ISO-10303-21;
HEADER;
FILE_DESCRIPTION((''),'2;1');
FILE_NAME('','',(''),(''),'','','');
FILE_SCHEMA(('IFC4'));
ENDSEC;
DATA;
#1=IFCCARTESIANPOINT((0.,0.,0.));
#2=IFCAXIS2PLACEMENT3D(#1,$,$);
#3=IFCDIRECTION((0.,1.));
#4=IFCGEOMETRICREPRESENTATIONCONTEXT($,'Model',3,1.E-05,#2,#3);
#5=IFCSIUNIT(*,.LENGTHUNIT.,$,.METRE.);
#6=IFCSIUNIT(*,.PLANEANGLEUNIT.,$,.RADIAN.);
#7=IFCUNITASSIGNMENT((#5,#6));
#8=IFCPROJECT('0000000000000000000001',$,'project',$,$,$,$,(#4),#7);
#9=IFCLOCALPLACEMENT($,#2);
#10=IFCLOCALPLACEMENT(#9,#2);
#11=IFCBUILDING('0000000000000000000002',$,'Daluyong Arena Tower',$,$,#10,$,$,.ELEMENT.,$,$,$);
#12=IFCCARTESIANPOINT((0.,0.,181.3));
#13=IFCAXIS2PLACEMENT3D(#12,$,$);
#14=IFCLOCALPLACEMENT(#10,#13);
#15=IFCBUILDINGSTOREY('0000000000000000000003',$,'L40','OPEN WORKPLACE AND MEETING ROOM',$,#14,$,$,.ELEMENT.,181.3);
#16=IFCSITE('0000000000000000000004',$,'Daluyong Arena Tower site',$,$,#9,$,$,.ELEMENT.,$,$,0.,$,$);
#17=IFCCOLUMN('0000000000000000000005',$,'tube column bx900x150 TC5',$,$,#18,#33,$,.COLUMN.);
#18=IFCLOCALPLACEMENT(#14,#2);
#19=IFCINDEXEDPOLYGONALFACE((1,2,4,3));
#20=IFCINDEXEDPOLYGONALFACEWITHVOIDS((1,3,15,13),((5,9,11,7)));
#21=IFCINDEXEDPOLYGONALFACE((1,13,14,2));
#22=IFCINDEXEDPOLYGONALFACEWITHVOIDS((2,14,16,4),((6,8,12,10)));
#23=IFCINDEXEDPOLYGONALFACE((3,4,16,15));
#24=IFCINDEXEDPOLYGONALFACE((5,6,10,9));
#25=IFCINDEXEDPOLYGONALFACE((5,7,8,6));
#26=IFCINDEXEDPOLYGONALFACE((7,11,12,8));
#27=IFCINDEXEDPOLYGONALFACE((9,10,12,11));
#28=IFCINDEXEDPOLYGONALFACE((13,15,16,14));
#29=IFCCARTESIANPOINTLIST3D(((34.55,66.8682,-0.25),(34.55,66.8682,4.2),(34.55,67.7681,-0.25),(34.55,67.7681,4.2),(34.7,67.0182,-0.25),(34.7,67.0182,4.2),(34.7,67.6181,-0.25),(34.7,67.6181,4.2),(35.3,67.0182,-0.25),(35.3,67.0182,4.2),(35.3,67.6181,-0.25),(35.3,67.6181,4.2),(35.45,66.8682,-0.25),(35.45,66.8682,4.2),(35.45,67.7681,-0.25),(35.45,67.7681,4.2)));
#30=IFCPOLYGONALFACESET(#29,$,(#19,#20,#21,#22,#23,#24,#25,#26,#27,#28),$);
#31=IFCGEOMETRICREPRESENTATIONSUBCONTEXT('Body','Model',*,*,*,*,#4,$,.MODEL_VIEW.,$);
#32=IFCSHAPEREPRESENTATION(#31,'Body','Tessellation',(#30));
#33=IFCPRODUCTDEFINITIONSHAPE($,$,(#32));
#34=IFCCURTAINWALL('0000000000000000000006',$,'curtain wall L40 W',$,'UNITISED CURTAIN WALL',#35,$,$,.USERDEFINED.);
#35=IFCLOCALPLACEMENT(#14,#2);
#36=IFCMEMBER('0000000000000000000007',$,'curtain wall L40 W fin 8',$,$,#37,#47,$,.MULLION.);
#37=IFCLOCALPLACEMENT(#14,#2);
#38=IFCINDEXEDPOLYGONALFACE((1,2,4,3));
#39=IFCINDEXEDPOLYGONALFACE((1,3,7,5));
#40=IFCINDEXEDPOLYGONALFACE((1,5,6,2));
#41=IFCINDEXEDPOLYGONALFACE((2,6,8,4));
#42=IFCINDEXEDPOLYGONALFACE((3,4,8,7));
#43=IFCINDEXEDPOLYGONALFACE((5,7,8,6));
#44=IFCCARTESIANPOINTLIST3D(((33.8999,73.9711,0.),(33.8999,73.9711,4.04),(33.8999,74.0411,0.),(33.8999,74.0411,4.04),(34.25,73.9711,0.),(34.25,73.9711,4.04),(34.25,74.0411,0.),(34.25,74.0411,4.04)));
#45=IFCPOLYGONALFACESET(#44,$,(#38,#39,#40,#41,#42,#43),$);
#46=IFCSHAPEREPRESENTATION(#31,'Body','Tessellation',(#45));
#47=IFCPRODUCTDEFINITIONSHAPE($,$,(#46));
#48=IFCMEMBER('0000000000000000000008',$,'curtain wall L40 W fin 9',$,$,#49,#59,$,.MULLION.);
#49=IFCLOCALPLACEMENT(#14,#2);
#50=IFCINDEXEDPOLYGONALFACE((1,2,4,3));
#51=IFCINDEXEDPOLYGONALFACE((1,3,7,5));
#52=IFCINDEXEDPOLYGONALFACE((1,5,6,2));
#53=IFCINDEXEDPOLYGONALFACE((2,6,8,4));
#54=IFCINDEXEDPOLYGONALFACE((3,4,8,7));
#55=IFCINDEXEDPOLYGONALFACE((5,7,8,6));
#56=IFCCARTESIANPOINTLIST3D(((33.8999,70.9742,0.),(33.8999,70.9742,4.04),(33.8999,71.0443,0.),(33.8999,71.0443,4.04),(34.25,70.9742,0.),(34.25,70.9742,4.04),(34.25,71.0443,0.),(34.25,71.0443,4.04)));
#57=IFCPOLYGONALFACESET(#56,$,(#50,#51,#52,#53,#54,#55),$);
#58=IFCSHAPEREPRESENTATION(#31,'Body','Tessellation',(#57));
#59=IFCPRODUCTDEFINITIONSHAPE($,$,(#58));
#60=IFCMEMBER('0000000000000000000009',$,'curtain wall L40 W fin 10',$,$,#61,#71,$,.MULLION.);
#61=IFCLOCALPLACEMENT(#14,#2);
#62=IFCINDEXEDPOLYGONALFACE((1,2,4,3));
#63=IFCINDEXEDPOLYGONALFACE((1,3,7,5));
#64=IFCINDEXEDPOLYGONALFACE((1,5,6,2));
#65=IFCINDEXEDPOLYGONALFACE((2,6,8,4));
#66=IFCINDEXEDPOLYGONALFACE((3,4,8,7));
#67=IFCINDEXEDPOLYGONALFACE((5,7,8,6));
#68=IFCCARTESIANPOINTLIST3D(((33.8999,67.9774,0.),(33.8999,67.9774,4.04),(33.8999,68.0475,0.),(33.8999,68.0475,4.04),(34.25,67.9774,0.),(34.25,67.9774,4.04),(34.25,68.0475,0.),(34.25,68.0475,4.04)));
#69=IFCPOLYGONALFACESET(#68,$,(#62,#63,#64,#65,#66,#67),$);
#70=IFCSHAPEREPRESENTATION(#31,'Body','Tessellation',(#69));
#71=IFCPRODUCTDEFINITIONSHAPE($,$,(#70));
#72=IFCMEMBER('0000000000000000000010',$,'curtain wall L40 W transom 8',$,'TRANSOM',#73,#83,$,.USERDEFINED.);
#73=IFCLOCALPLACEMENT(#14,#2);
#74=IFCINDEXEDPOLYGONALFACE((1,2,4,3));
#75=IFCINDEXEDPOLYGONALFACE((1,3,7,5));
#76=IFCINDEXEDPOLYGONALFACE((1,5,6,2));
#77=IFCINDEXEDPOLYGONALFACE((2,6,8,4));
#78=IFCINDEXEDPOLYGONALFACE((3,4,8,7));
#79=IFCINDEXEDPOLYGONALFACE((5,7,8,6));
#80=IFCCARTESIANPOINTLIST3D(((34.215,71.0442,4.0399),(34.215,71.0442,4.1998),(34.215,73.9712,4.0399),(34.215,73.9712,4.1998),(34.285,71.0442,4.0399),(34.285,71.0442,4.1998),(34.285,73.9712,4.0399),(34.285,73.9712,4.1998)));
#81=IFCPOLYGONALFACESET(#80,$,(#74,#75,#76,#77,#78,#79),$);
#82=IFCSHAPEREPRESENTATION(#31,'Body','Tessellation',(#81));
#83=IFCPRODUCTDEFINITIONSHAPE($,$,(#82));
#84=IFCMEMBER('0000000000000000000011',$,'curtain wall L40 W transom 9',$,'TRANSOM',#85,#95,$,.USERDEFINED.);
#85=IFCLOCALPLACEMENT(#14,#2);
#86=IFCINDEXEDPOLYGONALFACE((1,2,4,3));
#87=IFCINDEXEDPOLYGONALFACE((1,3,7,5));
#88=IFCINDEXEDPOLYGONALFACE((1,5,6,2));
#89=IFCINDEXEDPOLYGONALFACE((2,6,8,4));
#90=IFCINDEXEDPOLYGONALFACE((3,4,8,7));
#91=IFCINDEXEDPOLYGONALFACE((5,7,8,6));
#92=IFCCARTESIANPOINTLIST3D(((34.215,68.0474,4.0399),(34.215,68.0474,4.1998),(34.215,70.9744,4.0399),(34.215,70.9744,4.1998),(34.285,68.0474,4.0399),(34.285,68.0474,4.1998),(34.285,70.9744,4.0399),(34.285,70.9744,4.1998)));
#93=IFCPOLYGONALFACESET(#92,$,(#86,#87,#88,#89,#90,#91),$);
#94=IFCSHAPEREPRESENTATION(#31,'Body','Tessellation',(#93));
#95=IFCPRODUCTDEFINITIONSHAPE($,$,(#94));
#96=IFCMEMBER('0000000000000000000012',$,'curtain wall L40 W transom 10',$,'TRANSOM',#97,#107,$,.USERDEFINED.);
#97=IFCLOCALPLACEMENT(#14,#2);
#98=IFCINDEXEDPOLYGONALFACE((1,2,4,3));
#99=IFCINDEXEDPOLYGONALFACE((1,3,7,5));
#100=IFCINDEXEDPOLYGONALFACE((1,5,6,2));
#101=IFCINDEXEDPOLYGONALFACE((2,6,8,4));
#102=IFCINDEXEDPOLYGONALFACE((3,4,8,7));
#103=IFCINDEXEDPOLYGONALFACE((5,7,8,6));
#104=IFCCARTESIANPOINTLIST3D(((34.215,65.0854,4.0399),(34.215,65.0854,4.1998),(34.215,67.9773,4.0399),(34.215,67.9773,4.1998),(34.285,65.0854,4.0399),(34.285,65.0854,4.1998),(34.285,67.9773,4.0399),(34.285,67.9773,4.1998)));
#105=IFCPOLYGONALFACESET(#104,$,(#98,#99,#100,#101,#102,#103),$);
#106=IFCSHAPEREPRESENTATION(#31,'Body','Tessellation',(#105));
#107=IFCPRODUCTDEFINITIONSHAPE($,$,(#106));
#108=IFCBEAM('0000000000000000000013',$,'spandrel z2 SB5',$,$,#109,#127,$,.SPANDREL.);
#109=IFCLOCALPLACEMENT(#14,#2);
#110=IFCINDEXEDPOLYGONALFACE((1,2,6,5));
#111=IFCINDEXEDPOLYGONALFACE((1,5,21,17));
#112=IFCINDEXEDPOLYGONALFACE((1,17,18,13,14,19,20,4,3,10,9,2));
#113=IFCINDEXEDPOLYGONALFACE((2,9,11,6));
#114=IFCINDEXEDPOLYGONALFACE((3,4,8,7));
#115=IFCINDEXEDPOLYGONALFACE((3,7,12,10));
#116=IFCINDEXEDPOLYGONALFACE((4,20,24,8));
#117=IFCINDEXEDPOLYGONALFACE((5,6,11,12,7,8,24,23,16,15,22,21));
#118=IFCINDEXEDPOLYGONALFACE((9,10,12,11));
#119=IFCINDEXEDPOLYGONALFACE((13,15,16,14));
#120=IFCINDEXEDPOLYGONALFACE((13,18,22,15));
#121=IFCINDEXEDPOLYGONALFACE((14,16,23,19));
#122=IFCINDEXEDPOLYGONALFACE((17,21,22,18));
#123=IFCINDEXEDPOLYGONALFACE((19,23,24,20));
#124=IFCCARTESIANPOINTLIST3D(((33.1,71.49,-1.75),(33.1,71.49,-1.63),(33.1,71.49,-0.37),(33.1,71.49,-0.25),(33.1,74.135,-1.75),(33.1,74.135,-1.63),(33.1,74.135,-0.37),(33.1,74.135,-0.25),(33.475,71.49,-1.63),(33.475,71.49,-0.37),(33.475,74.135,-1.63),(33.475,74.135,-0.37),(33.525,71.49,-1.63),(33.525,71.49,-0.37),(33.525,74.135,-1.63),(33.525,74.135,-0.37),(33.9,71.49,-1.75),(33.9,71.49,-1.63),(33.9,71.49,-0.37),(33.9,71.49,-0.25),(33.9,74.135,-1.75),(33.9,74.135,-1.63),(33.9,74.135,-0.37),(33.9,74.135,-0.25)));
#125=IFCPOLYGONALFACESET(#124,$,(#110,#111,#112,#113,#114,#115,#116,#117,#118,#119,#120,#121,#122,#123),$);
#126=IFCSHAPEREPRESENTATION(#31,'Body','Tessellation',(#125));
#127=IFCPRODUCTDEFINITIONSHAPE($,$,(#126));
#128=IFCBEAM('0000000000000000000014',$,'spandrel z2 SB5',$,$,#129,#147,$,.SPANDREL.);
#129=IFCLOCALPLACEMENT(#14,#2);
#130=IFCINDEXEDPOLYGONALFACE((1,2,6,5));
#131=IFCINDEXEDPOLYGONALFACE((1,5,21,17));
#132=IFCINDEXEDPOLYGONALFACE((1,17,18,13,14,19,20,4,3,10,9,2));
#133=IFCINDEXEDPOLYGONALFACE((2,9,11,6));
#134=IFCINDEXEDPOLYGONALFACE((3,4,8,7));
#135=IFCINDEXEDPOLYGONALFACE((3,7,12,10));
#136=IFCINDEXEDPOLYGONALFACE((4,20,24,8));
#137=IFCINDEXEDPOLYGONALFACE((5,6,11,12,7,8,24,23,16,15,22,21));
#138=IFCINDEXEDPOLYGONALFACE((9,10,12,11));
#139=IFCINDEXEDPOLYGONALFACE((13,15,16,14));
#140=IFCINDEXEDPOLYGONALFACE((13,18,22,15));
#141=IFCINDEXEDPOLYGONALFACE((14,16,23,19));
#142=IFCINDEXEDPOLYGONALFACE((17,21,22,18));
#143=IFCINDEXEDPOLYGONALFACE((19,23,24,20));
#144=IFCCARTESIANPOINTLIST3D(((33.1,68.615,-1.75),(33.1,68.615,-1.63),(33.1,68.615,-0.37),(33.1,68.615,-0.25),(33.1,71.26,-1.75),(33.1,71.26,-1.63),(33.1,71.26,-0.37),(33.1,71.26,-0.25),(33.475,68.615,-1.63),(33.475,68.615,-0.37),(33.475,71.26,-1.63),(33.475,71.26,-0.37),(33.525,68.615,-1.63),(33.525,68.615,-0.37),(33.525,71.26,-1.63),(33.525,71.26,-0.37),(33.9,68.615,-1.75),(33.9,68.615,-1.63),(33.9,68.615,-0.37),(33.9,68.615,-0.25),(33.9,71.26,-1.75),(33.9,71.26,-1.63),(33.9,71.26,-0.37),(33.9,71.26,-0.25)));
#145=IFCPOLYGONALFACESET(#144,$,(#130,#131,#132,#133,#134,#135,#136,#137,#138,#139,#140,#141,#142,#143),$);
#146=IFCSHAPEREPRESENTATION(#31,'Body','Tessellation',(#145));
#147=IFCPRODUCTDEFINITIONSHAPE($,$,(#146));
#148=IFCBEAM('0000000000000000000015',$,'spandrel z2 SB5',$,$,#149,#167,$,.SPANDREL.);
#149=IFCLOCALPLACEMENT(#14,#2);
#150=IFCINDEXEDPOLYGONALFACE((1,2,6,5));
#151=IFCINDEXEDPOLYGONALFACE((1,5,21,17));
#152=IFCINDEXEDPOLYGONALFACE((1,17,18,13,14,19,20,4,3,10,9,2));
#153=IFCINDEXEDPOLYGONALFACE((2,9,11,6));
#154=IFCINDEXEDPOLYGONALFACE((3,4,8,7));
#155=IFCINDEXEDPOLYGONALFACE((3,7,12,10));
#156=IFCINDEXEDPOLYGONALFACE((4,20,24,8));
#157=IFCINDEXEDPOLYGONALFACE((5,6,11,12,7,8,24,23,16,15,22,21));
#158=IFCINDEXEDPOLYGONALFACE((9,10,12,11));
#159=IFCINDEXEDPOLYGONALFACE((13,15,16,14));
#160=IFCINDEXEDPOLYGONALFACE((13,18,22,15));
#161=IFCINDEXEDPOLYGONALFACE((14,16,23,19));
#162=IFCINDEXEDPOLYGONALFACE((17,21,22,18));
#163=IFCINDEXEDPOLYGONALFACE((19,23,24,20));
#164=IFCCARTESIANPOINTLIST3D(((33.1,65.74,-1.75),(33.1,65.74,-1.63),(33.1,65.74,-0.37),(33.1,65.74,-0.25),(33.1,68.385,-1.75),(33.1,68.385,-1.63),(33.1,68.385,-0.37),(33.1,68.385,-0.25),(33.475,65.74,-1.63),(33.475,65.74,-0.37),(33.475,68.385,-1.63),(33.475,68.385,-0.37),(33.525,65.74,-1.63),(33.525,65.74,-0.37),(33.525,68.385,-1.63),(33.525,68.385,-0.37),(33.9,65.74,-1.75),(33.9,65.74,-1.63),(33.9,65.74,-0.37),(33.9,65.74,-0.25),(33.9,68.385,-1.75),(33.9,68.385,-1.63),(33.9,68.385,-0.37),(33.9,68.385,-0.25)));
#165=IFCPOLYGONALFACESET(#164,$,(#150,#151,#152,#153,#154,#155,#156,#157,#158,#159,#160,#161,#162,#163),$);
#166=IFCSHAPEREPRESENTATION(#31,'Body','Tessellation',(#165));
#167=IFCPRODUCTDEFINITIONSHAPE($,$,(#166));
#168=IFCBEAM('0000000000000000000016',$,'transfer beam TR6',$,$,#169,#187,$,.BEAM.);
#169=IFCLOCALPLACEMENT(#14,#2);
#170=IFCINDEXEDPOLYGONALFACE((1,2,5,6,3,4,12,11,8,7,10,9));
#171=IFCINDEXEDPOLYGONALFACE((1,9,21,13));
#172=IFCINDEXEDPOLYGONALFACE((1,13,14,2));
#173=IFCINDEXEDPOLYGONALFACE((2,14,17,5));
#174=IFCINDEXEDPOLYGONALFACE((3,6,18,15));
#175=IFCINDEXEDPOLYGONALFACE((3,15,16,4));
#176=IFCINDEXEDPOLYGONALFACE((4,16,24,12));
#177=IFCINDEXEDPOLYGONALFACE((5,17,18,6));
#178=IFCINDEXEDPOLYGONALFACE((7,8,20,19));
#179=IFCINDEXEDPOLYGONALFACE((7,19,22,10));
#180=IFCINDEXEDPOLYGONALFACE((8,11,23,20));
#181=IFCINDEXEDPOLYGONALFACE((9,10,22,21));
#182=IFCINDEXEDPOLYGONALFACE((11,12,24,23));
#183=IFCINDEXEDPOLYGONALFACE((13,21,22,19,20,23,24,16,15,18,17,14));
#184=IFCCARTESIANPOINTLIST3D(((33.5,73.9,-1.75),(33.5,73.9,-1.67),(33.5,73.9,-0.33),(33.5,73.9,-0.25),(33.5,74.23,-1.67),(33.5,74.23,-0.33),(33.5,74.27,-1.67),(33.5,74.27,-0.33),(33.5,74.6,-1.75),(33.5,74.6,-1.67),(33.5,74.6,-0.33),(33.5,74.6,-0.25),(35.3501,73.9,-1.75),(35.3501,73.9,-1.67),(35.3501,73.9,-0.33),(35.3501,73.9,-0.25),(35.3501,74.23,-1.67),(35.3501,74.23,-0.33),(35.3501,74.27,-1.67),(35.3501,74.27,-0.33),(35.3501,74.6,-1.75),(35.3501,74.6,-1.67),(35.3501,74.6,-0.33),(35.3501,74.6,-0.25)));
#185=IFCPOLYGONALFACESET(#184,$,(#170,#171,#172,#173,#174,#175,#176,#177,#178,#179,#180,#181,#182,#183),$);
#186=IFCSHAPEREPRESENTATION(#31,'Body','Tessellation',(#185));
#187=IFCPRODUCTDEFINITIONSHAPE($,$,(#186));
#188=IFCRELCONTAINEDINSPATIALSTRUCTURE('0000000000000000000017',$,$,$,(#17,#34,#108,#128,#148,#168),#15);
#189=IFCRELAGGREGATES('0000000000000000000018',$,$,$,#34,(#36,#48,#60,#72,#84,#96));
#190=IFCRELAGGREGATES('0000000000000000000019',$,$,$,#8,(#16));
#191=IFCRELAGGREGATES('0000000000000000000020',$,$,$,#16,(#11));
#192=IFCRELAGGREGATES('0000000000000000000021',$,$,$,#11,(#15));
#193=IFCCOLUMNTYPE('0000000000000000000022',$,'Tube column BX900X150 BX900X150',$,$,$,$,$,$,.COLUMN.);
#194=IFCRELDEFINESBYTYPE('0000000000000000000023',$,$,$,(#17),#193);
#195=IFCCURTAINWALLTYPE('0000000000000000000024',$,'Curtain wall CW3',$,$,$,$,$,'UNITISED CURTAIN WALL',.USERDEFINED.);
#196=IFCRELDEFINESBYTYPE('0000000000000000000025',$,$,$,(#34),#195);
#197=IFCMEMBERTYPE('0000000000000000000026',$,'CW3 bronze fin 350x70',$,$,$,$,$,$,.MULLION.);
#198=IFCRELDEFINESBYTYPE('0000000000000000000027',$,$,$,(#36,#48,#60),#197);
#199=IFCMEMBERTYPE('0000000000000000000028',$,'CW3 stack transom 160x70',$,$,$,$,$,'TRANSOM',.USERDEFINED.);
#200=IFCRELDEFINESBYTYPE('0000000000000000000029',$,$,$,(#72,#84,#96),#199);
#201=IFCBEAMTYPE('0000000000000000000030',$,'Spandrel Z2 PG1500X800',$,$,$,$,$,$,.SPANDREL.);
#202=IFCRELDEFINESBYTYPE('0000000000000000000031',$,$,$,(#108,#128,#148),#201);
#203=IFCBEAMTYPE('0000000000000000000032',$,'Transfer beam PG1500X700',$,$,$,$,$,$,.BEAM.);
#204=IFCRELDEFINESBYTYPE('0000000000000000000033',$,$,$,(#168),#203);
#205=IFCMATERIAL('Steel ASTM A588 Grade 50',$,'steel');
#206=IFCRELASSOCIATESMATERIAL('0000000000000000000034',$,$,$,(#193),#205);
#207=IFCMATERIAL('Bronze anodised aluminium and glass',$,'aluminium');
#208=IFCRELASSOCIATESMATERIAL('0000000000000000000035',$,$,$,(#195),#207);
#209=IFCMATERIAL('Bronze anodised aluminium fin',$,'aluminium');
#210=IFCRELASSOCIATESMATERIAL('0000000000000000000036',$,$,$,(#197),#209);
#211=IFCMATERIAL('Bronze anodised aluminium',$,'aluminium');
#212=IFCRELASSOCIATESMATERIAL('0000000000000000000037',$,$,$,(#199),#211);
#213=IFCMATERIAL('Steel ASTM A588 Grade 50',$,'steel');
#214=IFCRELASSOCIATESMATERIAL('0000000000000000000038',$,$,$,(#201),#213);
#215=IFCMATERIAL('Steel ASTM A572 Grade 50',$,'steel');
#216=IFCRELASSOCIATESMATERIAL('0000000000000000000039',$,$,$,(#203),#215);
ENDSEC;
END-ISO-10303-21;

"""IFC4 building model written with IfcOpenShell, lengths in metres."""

from ifc_helpers import new_model, si_unit, direction, frame, origin, origin_2d, place, context, subcontext, project, spatial, rectangle, hollow_rectangle, i_section, extrude, material, material_profile, profile_set, type_object, element, aggregate, save


model = new_model("IFC4")

# Units and contexts
model_context = context("Model", 3, precision=1e-05, world=origin(), true_north=direction((0.0, 1.0)))
body_context = subcontext(model_context, "Body", "Model", "MODEL_VIEW")
ifc_project = project(units=[si_unit("LENGTHUNIT", "METRE"), si_unit("PLANEANGLEUNIT", "RADIAN")], contexts=[model_context])

# Site, building, storey
site_placement = place(None, origin())
site = spatial("IfcSite", under=ifc_project, at=site_placement, Name="Daluyong Arena Tower site", CompositionType="ELEMENT", RefElevation=0.0)
building_placement = place(site_placement, origin())
building = spatial("IfcBuilding", under=site, at=building_placement, Name="Daluyong Arena Tower", CompositionType="ELEMENT")
storey_placement = place(building_placement, frame((0.0, 0.0, 181.3)))
storey = spatial("IfcBuildingStorey", under=building, at=storey_placement, Name="L40", Description="OPEN WORKPLACE AND MEETING ROOM", CompositionType="ELEMENT", Elevation=181.3)

# Column
ifc_material_1 = material(Name="Steel ASTM A588 Grade 50", Category="steel")
ifc_material_profile_1 = material_profile(ifc_material_1, hollow_rectangle(XDim=0.8999, YDim=0.8999, WallThickness=0.15, at=origin_2d()))
ifc_profile_set_1 = profile_set([ifc_material_profile_1], Name="Steel ASTM A588 Grade 50")
column_type = type_object("IfcColumnType", Name="Tube column BX900X150 BX900X150", PredefinedType="COLUMN", material=ifc_profile_set_1)
column_placement = place(storey_placement, frame((35.0, 67.3181, -0.25), z_axis=(0.0, 0.0, 1.0), x_axis=(0.0, 1.0, 0.0)))
element("IfcColumn", 1, at=column_placement, inside=storey, type_object=column_type, Name="tube column bx900x150 TC5", PredefinedType="COLUMN", context=body_context, shape_type="SweptSolid", body=[
    extrude(hollow_rectangle(XDim=0.8999, YDim=0.8999, WallThickness=0.15, at=origin_2d()), origin(), (0.0, 0.0, 1.0), 4.45),
])

# Curtain wall, members
ifc_material_2 = material(Name="Bronze anodised aluminium and glass", Category="aluminium")
curtain_wall_type = type_object("IfcCurtainWallType", Name="Curtain wall CW3", ElementType="UNITISED CURTAIN WALL", PredefinedType="USERDEFINED", material=ifc_material_2)
curtain_wall_placement = place(storey_placement, origin())
curtain_wall = element("IfcCurtainWall", 2, at=curtain_wall_placement, inside=storey, type_object=curtain_wall_type, Name="curtain wall L40 W", ObjectType="UNITISED CURTAIN WALL", PredefinedType="USERDEFINED")
ifc_material_3 = material(Name="Bronze anodised aluminium fin", Category="aluminium")
ifc_material_profile_2 = material_profile(ifc_material_3, rectangle(XDim=0.3501, YDim=0.0701, at=origin_2d()))
ifc_profile_set_2 = profile_set([ifc_material_profile_2], Name="Bronze anodised aluminium fin")
member_type_1 = type_object("IfcMemberType", Name="CW3 bronze fin 350x70", PredefinedType="MULLION", material=ifc_profile_set_2)
member_1_placement = place(storey_placement, frame((34.075, 74.0061, 0.0), z_axis=(0.0, 0.0, 1.0), x_axis=(1.0, 0.0, 0.0)))
member_1 = element("IfcMember", 3, at=member_1_placement, type_object=member_type_1, Name="curtain wall L40 W fin 8", PredefinedType="MULLION", context=body_context, shape_type="SweptSolid", body=[
    extrude(rectangle(XDim=0.3501, YDim=0.0701, at=origin_2d()), origin(), (0.0, 0.0, 1.0), 4.04),
])
member_2_placement = place(storey_placement, frame((34.075, 71.0093, 0.0), z_axis=(0.0, 0.0, 1.0), x_axis=(1.0, 0.0, 0.0)))
member_2 = element("IfcMember", 4, at=member_2_placement, type_object=member_type_1, Name="curtain wall L40 W fin 9", PredefinedType="MULLION", context=body_context, shape_type="SweptSolid", body=[
    extrude(rectangle(XDim=0.3501, YDim=0.0701, at=origin_2d()), origin(), (0.0, 0.0, 1.0), 4.04),
])
member_3_placement = place(storey_placement, frame((34.075, 68.0125, 0.0), z_axis=(0.0, 0.0, 1.0), x_axis=(1.0, 0.0, 0.0)))
member_3 = element("IfcMember", 5, at=member_3_placement, type_object=member_type_1, Name="curtain wall L40 W fin 10", PredefinedType="MULLION", context=body_context, shape_type="SweptSolid", body=[
    extrude(rectangle(XDim=0.3501, YDim=0.0701, at=origin_2d()), origin(), (0.0, 0.0, 1.0), 4.04),
])
ifc_material_4 = material(Name="Bronze anodised aluminium", Category="aluminium")
ifc_material_profile_3 = material_profile(ifc_material_4, rectangle(XDim=0.0701, YDim=0.1599, at=origin_2d()))
ifc_profile_set_3 = profile_set([ifc_material_profile_3], Name="Bronze anodised aluminium")
member_type_2 = type_object("IfcMemberType", Name="CW3 stack transom 160x70", ElementType="TRANSOM", PredefinedType="USERDEFINED", material=ifc_profile_set_3)
member_4_placement = place(storey_placement, frame((34.25, 73.9712, 4.1199), z_axis=(0.0, -1.0, 0.0), x_axis=(1.0, 0.0, 0.0)))
member_4 = element("IfcMember", 6, at=member_4_placement, type_object=member_type_2, Name="curtain wall L40 W transom 8", ObjectType="TRANSOM", PredefinedType="USERDEFINED", context=body_context, shape_type="SweptSolid", body=[
    extrude(rectangle(XDim=0.0701, YDim=0.1599, at=origin_2d()), origin(), (0.0, 0.0, 1.0), 2.927),
])
member_5_placement = place(storey_placement, frame((34.25, 70.9744, 4.1199), z_axis=(0.0, -1.0, 0.0), x_axis=(1.0, 0.0, 0.0)))
member_5 = element("IfcMember", 7, at=member_5_placement, type_object=member_type_2, Name="curtain wall L40 W transom 9", ObjectType="TRANSOM", PredefinedType="USERDEFINED", context=body_context, shape_type="SweptSolid", body=[
    extrude(rectangle(XDim=0.0701, YDim=0.1599, at=origin_2d()), origin(), (0.0, 0.0, 1.0), 2.927),
])
member_6_placement = place(storey_placement, frame((34.25, 67.9773, 4.1199), z_axis=(0.0, -1.0, 0.0), x_axis=(1.0, 0.0, 0.0)))
member_6 = element("IfcMember", 8, at=member_6_placement, type_object=member_type_2, Name="curtain wall L40 W transom 10", ObjectType="TRANSOM", PredefinedType="USERDEFINED", context=body_context, shape_type="SweptSolid", body=[
    extrude(rectangle(XDim=0.0701, YDim=0.1599, at=origin_2d()), origin(), (0.0, 0.0, 1.0), 2.8918),
])

# Beams
ifc_material_5 = material(Name="Steel ASTM A588 Grade 50", Category="steel")
ifc_material_profile_4 = material_profile(ifc_material_5, i_section(OverallWidth=0.8, OverallDepth=1.5, WebThickness=0.05, FlangeThickness=0.12, at=origin_2d()))
ifc_profile_set_4 = profile_set([ifc_material_profile_4], Name="Steel ASTM A588 Grade 50")
beam_type_1 = type_object("IfcBeamType", Name="Spandrel Z2 PG1500X800", PredefinedType="SPANDREL", material=ifc_profile_set_4)
for number, where, z_axis, x_axis, name in (
    (9, (33.5, 74.135, -1.0), (0.0, -1.0, 0.0), (1.0, 0.0, 0.0), "spandrel z2 SB5"),
    (10, (33.5, 71.26, -1.0), (0.0, -1.0, 0.0), (1.0, 0.0, 0.0), "spandrel z2 SB5"),
    (11, (33.5, 68.385, -1.0), (0.0, -1.0, 0.0), (1.0, 0.0, 0.0), "spandrel z2 SB5"),
):
    element("IfcBeam", number, at=place(storey_placement, frame(where, z_axis=z_axis, x_axis=x_axis)), inside=storey, type_object=beam_type_1, Name=name, PredefinedType="SPANDREL", context=body_context, shape_type="SweptSolid", body=[
        extrude(i_section(OverallWidth=0.8, OverallDepth=1.5, WebThickness=0.05, FlangeThickness=0.12, at=origin_2d()), origin(), (0.0, 0.0, 1.0), 2.645),
    ])
ifc_material_6 = material(Name="Steel ASTM A572 Grade 50", Category="steel")
ifc_material_profile_5 = material_profile(ifc_material_6, i_section(OverallWidth=0.7, OverallDepth=1.5, WebThickness=0.04, FlangeThickness=0.08, at=origin_2d()))
ifc_profile_set_5 = profile_set([ifc_material_profile_5], Name="Steel ASTM A572 Grade 50")
beam_type_2 = type_object("IfcBeamType", Name="Transfer beam PG1500X700", PredefinedType="BEAM", material=ifc_profile_set_5)
for number, where, z_axis, x_axis, name in (
    (12, (33.5, 74.25, -1.0), (1.0, 0.0, 0.0), (0.0, 1.0, 0.0), "transfer beam TR6"),
):
    element("IfcBeam", number, at=place(storey_placement, frame(where, z_axis=z_axis, x_axis=x_axis)), inside=storey, type_object=beam_type_2, Name=name, PredefinedType="BEAM", context=body_context, shape_type="SweptSolid", body=[
        extrude(i_section(OverallWidth=0.7, OverallDepth=1.5, WebThickness=0.04, FlangeThickness=0.08, at=origin_2d()), origin(), (0.0, 0.0, 1.0), 1.8501),
    ])

aggregate(curtain_wall, [member_1, member_2, member_3, member_4, member_5, member_6])

save(model, "model.ifc")
